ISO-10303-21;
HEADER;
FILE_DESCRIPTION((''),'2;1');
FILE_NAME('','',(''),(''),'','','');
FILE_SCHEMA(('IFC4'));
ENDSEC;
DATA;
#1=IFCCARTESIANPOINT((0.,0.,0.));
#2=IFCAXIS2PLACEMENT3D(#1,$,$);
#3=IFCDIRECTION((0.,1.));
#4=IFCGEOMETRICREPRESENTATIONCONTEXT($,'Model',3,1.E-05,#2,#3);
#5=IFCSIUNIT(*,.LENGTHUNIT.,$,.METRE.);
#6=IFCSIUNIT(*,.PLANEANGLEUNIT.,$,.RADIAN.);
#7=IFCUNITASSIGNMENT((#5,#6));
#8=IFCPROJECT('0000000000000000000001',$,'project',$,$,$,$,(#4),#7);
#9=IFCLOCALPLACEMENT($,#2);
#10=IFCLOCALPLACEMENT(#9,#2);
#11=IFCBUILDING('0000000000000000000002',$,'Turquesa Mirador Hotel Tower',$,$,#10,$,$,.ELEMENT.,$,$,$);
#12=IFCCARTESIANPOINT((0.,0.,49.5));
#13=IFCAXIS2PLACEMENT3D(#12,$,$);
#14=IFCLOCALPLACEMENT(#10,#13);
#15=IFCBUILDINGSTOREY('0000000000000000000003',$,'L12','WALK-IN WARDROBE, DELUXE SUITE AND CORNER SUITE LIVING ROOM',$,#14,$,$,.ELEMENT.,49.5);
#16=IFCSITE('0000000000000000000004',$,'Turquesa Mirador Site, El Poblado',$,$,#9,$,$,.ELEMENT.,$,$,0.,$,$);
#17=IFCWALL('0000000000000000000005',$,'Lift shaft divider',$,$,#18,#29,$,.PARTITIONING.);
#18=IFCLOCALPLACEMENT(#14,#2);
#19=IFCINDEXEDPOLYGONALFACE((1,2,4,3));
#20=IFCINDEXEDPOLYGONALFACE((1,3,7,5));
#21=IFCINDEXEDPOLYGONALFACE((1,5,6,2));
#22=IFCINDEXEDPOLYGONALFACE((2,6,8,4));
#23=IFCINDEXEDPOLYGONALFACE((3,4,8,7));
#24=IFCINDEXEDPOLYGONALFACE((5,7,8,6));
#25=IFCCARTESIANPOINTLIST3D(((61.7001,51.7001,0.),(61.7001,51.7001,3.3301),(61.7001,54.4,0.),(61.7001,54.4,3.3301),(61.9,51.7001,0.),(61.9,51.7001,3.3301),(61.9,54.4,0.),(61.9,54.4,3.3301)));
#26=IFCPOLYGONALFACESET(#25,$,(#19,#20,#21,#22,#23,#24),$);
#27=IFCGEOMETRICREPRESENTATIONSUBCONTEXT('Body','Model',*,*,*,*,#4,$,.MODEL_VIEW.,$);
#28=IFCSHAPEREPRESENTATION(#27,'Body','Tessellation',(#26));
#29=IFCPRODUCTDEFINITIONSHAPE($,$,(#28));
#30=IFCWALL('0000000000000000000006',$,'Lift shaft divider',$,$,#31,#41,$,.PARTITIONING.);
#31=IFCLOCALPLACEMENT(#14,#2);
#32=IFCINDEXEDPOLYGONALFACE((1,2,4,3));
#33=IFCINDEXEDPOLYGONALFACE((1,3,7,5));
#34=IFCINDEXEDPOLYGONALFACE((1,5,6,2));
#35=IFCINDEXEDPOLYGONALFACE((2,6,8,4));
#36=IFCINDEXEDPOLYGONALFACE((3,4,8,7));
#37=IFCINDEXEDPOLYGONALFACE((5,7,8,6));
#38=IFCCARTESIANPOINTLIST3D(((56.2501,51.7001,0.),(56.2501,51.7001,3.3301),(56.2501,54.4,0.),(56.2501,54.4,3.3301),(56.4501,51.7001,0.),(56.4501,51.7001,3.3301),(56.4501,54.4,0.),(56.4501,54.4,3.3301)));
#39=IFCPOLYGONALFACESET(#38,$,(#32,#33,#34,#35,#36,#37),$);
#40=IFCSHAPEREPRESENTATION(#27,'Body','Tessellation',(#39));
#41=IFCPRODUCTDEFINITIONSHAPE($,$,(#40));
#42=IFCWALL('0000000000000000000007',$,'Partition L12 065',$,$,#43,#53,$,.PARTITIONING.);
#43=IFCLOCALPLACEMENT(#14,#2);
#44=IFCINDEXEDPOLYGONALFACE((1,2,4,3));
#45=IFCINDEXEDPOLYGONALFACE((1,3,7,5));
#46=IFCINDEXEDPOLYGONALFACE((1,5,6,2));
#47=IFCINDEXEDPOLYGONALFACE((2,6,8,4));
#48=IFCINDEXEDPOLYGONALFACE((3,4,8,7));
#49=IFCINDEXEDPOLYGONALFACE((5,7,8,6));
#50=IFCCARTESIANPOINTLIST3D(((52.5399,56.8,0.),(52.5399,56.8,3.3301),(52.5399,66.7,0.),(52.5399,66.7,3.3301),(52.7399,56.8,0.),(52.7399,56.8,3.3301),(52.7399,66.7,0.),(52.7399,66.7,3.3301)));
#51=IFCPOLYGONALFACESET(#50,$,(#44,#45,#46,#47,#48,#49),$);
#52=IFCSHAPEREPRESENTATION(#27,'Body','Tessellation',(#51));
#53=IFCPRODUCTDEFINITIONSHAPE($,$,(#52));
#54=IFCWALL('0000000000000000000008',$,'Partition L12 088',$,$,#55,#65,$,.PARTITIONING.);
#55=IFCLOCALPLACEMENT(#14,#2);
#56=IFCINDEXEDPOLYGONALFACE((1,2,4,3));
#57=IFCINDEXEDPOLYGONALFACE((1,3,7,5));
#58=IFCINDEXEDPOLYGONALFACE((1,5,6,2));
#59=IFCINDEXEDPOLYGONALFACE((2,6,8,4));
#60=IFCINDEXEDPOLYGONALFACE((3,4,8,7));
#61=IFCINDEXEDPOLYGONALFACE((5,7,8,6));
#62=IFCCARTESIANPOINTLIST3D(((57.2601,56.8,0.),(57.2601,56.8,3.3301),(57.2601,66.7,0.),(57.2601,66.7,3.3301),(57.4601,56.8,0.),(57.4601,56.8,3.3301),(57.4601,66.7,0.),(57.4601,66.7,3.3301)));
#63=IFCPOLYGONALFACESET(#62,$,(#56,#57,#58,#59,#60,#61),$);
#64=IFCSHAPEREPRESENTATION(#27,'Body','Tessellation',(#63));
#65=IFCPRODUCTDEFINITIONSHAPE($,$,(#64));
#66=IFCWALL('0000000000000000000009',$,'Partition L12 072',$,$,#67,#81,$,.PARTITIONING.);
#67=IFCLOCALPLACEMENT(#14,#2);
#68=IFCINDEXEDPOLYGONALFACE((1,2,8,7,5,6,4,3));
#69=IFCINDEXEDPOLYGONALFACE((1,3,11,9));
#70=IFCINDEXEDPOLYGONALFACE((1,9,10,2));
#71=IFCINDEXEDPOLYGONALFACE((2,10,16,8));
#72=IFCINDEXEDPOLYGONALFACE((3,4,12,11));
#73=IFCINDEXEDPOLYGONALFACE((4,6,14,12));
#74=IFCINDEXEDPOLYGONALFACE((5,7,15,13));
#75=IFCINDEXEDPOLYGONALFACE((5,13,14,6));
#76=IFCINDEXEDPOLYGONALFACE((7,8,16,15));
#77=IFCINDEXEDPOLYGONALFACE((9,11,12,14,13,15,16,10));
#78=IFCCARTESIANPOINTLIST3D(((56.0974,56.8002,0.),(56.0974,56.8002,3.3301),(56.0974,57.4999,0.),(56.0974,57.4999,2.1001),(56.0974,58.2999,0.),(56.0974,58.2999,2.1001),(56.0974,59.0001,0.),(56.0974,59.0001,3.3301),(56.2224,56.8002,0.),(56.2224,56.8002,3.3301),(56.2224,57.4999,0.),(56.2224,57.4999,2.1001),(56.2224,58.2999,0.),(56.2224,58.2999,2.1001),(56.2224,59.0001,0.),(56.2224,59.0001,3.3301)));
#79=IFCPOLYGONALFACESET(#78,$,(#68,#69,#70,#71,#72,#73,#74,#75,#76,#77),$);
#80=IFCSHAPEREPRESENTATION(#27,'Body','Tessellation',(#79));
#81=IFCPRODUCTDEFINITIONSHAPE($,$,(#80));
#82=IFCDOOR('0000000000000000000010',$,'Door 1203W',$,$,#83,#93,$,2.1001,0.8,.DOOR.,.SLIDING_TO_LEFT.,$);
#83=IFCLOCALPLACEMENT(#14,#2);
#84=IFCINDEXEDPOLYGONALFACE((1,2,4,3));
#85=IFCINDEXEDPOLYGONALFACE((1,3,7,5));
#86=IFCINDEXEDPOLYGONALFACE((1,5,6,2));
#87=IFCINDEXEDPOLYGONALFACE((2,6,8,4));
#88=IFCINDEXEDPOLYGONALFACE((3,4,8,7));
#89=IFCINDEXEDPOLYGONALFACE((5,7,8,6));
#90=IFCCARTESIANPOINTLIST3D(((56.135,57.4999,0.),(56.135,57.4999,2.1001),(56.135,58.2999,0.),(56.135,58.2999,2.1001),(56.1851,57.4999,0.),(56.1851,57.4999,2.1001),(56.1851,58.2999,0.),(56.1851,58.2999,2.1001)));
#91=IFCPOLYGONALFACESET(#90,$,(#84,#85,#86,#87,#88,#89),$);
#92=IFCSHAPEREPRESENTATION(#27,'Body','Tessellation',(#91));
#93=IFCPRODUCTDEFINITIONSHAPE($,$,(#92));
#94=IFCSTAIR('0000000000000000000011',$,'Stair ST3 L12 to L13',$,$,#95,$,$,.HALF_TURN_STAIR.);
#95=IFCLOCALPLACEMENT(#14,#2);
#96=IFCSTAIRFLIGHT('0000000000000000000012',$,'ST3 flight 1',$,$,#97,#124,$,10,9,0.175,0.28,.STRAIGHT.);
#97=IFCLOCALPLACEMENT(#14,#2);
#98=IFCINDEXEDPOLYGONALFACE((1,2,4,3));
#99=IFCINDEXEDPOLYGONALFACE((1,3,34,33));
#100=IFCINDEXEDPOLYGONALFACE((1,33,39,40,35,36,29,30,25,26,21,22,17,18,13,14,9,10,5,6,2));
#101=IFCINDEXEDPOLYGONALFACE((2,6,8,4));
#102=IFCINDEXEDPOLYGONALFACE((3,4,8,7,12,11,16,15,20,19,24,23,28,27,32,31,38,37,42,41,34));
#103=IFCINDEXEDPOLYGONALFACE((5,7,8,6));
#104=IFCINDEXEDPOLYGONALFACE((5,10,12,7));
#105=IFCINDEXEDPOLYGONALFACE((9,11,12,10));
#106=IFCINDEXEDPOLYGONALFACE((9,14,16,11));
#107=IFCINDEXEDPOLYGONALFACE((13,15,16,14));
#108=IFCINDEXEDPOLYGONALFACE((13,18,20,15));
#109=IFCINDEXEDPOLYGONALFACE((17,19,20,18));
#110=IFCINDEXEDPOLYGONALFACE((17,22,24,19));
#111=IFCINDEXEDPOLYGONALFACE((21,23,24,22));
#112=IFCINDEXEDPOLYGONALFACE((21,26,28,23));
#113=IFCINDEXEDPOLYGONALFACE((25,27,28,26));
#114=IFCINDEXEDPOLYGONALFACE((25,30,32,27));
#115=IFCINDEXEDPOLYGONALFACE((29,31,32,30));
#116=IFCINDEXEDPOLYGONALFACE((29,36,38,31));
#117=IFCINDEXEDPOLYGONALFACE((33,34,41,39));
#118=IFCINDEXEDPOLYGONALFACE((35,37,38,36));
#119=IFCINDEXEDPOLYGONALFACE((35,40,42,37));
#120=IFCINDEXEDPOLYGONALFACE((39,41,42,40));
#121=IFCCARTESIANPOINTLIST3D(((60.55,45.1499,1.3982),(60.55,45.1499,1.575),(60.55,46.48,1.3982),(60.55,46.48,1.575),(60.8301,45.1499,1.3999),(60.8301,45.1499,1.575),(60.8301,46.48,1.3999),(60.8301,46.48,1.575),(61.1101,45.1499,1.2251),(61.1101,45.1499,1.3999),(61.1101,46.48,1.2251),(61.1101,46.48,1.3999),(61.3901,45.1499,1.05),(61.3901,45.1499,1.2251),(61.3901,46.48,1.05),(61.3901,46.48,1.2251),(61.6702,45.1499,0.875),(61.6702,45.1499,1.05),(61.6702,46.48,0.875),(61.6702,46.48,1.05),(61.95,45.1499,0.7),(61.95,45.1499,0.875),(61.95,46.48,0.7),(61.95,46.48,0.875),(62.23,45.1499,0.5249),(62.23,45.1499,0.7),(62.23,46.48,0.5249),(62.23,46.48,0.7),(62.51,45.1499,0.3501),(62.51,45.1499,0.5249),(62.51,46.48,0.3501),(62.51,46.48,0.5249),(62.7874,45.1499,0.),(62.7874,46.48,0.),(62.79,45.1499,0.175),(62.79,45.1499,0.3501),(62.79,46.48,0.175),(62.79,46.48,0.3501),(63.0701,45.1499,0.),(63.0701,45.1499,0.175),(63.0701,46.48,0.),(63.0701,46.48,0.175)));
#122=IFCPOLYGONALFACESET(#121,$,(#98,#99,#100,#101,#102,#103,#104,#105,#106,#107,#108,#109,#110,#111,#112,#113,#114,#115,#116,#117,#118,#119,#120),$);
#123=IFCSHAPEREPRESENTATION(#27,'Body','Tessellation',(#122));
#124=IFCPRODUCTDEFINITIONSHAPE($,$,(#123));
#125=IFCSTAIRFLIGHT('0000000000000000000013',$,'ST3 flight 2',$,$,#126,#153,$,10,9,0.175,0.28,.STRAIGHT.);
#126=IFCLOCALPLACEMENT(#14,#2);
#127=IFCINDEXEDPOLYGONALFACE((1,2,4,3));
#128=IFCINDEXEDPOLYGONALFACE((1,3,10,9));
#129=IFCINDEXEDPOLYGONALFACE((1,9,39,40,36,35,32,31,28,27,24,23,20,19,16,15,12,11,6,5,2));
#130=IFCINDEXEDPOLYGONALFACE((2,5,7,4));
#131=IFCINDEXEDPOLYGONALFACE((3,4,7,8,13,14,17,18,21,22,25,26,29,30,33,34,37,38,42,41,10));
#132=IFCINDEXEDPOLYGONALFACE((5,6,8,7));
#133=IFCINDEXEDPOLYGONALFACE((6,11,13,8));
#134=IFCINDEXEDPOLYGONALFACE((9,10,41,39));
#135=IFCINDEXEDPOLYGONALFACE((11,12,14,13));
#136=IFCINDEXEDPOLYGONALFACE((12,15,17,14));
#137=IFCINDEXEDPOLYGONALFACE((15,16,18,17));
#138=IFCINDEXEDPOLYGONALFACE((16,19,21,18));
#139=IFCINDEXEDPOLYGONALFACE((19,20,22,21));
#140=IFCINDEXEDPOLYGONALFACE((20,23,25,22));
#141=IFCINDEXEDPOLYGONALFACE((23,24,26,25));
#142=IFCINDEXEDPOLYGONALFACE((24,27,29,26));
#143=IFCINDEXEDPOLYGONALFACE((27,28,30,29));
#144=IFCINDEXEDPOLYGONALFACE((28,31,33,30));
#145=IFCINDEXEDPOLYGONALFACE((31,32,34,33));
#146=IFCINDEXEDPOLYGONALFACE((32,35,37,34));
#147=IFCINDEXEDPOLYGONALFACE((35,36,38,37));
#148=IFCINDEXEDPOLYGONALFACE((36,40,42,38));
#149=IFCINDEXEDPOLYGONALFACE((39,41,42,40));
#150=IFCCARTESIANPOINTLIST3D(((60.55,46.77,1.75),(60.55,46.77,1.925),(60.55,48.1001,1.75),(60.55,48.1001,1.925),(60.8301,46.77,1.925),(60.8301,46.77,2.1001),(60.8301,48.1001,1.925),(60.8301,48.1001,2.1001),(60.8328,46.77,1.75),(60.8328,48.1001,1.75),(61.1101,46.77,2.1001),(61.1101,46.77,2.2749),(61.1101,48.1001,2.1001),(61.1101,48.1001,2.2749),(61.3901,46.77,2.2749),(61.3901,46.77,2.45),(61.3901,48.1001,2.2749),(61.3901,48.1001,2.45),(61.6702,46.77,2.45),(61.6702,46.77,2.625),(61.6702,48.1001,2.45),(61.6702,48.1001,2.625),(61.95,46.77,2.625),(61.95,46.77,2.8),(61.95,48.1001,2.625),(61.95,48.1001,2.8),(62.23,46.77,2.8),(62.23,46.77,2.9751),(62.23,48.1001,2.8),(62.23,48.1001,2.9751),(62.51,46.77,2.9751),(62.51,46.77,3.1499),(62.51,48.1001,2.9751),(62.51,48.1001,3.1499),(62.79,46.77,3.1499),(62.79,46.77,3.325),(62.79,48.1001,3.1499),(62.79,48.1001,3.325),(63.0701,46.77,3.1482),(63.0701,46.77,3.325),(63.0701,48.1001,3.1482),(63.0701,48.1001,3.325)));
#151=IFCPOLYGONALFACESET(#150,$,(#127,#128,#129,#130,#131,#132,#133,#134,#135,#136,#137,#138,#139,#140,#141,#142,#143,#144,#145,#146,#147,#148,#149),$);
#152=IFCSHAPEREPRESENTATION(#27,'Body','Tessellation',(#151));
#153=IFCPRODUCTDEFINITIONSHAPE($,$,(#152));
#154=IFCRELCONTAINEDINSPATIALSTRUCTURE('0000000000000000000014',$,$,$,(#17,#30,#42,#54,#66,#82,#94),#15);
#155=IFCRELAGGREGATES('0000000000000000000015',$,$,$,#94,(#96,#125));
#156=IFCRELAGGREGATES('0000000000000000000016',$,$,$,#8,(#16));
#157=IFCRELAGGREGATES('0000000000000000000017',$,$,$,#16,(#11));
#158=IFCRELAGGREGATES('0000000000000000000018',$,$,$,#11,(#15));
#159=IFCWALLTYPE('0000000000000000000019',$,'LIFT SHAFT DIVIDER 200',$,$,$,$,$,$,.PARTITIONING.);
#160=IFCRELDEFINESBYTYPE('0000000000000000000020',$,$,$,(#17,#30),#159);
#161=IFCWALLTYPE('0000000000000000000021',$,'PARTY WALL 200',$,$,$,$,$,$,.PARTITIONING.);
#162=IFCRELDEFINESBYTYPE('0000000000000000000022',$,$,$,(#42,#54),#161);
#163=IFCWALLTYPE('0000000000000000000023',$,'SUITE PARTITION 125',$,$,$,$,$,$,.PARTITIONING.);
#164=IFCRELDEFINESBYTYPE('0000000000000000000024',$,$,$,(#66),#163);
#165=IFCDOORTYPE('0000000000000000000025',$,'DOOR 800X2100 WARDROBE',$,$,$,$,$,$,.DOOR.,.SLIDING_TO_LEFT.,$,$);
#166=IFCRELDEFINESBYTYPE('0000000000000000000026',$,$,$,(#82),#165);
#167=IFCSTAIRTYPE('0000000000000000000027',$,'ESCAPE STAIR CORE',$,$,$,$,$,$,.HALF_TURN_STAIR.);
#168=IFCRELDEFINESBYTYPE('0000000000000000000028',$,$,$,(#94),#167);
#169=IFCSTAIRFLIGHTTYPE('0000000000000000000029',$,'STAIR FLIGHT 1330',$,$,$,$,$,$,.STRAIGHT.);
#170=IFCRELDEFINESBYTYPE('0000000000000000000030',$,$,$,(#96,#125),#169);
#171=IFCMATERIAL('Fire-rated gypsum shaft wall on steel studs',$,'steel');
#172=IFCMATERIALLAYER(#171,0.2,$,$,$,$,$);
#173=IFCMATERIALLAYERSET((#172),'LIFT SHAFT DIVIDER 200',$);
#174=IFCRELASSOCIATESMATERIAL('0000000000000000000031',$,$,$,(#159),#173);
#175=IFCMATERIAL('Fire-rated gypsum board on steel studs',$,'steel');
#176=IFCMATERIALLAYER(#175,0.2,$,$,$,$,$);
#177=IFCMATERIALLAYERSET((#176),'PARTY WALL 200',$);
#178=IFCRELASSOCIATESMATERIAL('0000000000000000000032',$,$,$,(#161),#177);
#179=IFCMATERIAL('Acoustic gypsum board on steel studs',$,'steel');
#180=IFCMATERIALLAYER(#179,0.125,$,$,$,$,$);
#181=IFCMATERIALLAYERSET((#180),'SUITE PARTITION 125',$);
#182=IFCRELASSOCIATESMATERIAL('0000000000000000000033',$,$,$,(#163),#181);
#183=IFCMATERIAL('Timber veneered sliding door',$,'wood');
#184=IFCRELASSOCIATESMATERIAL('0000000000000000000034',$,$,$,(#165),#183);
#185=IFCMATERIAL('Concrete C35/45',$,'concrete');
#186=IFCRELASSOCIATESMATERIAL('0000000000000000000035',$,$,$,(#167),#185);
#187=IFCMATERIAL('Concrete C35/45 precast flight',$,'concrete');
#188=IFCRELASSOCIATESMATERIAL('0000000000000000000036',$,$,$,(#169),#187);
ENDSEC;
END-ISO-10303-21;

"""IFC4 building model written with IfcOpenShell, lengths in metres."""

from ifc_helpers import new_model, si_unit, direction, frame, frame_2d, origin, place, context, subcontext, project, spatial, polyline, rectangle, outline, extrude, material, layer, layer_set, type_object, element, fill, aggregate, save


model = new_model("IFC4")

# Units and contexts
model_context = context("Model", 3, precision=1e-05, world=origin(), true_north=direction((0.0, 1.0)))
body_context = subcontext(model_context, "Body", "Model", "MODEL_VIEW")
ifc_project = project(units=[si_unit("LENGTHUNIT", "METRE"), si_unit("PLANEANGLEUNIT", "RADIAN")], contexts=[model_context])

# Site, building, storey
site_placement = place(None, origin())
site = spatial("IfcSite", under=ifc_project, at=site_placement, Name="Turquesa Mirador Site, El Poblado", CompositionType="ELEMENT", RefElevation=0.0)
building_placement = place(site_placement, origin())
building = spatial("IfcBuilding", under=site, at=building_placement, Name="Turquesa Mirador Hotel Tower", CompositionType="ELEMENT")
storey_placement = place(building_placement, frame((0.0, 0.0, 49.5)))
storey = spatial("IfcBuildingStorey", under=building, at=storey_placement, Name="L12", Description="WALK-IN WARDROBE, DELUXE SUITE AND CORNER SUITE LIVING ROOM", CompositionType="ELEMENT", Elevation=49.5)

# Walls
ifc_material_1 = material(Name="Fire-rated gypsum shaft wall on steel studs", Category="steel")
ifc_layer_1 = layer(ifc_material_1, 0.2)
ifc_layer_set_1 = layer_set([ifc_layer_1], Name="LIFT SHAFT DIVIDER 200")
wall_type_1 = type_object("IfcWallType", Name="LIFT SHAFT DIVIDER 200", PredefinedType="PARTITIONING", material=ifc_layer_set_1)
for number, where, z_axis, x_axis, name in (
    (1, (61.8, 51.7, 0.0), (0.0, 0.0, 1.0), (0.0, 1.0, 0.0), "Lift shaft divider"),
    (2, (56.3501, 51.7, 0.0), (0.0, 0.0, 1.0), (0.0, 1.0, 0.0), "Lift shaft divider"),
):
    element("IfcWall", number, at=place(storey_placement, frame(where, z_axis=z_axis, x_axis=x_axis)), inside=storey, type_object=wall_type_1, Name=name, PredefinedType="PARTITIONING", context=body_context, shape_type="SweptSolid", body=[
        extrude(rectangle(XDim=2.7, YDim=0.2, at=frame_2d((1.3501, 0.0))), origin(), (0.0, 0.0, 1.0), 3.3301),
    ])
ifc_material_2 = material(Name="Fire-rated gypsum board on steel studs", Category="steel")
ifc_layer_2 = layer(ifc_material_2, 0.2)
ifc_layer_set_2 = layer_set([ifc_layer_2], Name="PARTY WALL 200")
wall_type_2 = type_object("IfcWallType", Name="PARTY WALL 200", PredefinedType="PARTITIONING", material=ifc_layer_set_2)
for number, where, z_axis, x_axis, name in (
    (3, (52.6399, 56.8, 0.0), (0.0, 0.0, 1.0), (0.0, 1.0, 0.0), "Partition L12 065"),
    (4, (57.3601, 56.8, 0.0), (0.0, 0.0, 1.0), (0.0, 1.0, 0.0), "Partition L12 088"),
):
    element("IfcWall", number, at=place(storey_placement, frame(where, z_axis=z_axis, x_axis=x_axis)), inside=storey, type_object=wall_type_2, Name=name, PredefinedType="PARTITIONING", context=body_context, shape_type="SweptSolid", body=[
        extrude(rectangle(XDim=9.8999, YDim=0.2, at=frame_2d((4.95, 0.0))), origin(), (0.0, 0.0, 1.0), 3.3301),
    ])

# Wall, opening, door
ifc_material_3 = material(Name="Acoustic gypsum board on steel studs", Category="steel")
ifc_layer_3 = layer(ifc_material_3, 0.125)
ifc_layer_set_3 = layer_set([ifc_layer_3], Name="SUITE PARTITION 125")
wall_type_3 = type_object("IfcWallType", Name="SUITE PARTITION 125", PredefinedType="PARTITIONING", material=ifc_layer_set_3)
wall_1_placement = place(storey_placement, frame((56.1599, 56.8, 0.0), z_axis=(0.0, 0.0, 1.0), x_axis=(0.0, 1.0, 0.0)))
wall_1 = element("IfcWall", 5, at=wall_1_placement, inside=storey, type_object=wall_type_3, Name="Partition L12 072", PredefinedType="PARTITIONING", context=body_context, shape_type="SweptSolid", body=[
    extrude(rectangle(XDim=2.2, YDim=0.125, at=frame_2d((1.1001, 0.0))), origin(), (0.0, 0.0, 1.0), 3.3301),
])
opening_1_placement = place(wall_1_placement, frame((0.7, 0.0, 0.0)))
opening_1 = element("IfcOpeningElement", 6, at=opening_1_placement, cuts=wall_1, PredefinedType="OPENING", context=body_context, shape_type="SweptSolid", body=[
    extrude(rectangle(XDim=0.8, YDim=2.1001, at=frame_2d((0.3999, 1.05))), frame((0.0, 0.0725, 0.0), z_axis=(0.0, -1.0, 0.0), x_axis=(1.0, 0.0, 0.0)), (0.0, 0.0, 1.0), 0.145),
])
ifc_material_4 = material(Name="Timber veneered sliding door", Category="wood")
door_type_1 = type_object("IfcDoorType", Name="DOOR 800X2100 WARDROBE", OperationType="SLIDING_TO_LEFT", PredefinedType="DOOR", material=ifc_material_4)
door_1_placement = place(opening_1_placement, origin())
door_1 = element("IfcDoor", 7, at=door_1_placement, inside=storey, type_object=door_type_1, Name="Door 1203W", OperationType="SLIDING_TO_LEFT", OverallHeight=2.1001, OverallWidth=0.8, PredefinedType="DOOR", context=body_context, shape_type="SweptSolid", body=[
    extrude(rectangle(XDim=0.8, YDim=2.1001, at=frame_2d((0.3999, 1.05))), frame((0.0, 0.0249, 0.0), z_axis=(0.0, -1.0, 0.0), x_axis=(1.0, 0.0, 0.0)), (0.0, 0.0, 1.0), 0.05),
])
fill(opening_1, door_1)

# Stair, stair flights
ifc_material_5 = material(Name="Concrete C35/45", Category="concrete")
stair_type = type_object("IfcStairType", Name="ESCAPE STAIR CORE", PredefinedType="HALF_TURN_STAIR", material=ifc_material_5)
stair_placement = place(storey_placement, origin())
stair = element("IfcStair", 8, at=stair_placement, inside=storey, type_object=stair_type, Name="Stair ST3 L12 to L13", PredefinedType="HALF_TURN_STAIR")
ifc_material_6 = material(Name="Concrete C35/45 precast flight", Category="concrete")
stair_flight_type = type_object("IfcStairFlightType", Name="STAIR FLIGHT 1330", PredefinedType="STRAIGHT", material=ifc_material_6)
stair_flight_1_placement = place(storey_placement, frame((63.0701, 45.8149, 0.0), z_axis=(0.0, 0.0, 1.0), x_axis=(-1.0, 0.0, 0.0)))
stair_flight_1 = element("IfcStairFlight", 9, at=stair_flight_1_placement, type_object=stair_flight_type, Name="ST3 flight 1", NumberOfRisers=10, NumberOfTreads=9, PredefinedType="STRAIGHT", RiserHeight=0.175, TreadLength=0.28, context=body_context, shape_type="SweptSolid", body=[
    extrude(outline(polyline([(0.0, 0.0), (0.0, 0.175), (0.28, 0.175), (0.28, 0.3501), (0.5601, 0.3501), (0.5601, 0.5249), (0.8401, 0.5249), (0.8401, 0.7), (1.1201, 0.7), (1.1201, 0.875), (1.3999, 0.875), (1.3999, 1.05), (1.6799, 1.05), (1.6799, 1.2251), (1.96, 1.2251), (1.96, 1.3999), (2.24, 1.3999), (2.24, 1.575), (2.52, 1.575), (2.52, 1.75), (2.52, 1.3982), (0.2827, 0.0), (0.0, 0.0)])), frame((0.0, 0.665, 0.0), z_axis=(0.0, -1.0, 0.0), x_axis=(1.0, 0.0, 0.0)), (0.0, 0.0, 1.0), 1.3301),
])
stair_flight_2_placement = place(storey_placement, frame((60.55, 47.4351, 1.75), z_axis=(0.0, 0.0, 1.0), x_axis=(1.0, 0.0, 0.0)))
stair_flight_2 = element("IfcStairFlight", 10, at=stair_flight_2_placement, type_object=stair_flight_type, Name="ST3 flight 2", NumberOfRisers=10, NumberOfTreads=9, PredefinedType="STRAIGHT", RiserHeight=0.175, TreadLength=0.28, context=body_context, shape_type="SweptSolid", body=[
    extrude(outline(polyline([(0.0, 0.0), (0.0, 0.175), (0.28, 0.175), (0.28, 0.3501), (0.5601, 0.3501), (0.5601, 0.5249), (0.8401, 0.5249), (0.8401, 0.7), (1.1201, 0.7), (1.1201, 0.875), (1.3999, 0.875), (1.3999, 1.05), (1.6799, 1.05), (1.6799, 1.2251), (1.96, 1.2251), (1.96, 1.3999), (2.24, 1.3999), (2.24, 1.575), (2.52, 1.575), (2.52, 1.75), (2.52, 1.3982), (0.2827, 0.0), (0.0, 0.0)])), frame((0.0, 0.665, 0.0), z_axis=(0.0, -1.0, 0.0), x_axis=(1.0, 0.0, 0.0)), (0.0, 0.0, 1.0), 1.3301),
])
aggregate(stair, [stair_flight_1, stair_flight_2])

save(model, "model.ifc")
